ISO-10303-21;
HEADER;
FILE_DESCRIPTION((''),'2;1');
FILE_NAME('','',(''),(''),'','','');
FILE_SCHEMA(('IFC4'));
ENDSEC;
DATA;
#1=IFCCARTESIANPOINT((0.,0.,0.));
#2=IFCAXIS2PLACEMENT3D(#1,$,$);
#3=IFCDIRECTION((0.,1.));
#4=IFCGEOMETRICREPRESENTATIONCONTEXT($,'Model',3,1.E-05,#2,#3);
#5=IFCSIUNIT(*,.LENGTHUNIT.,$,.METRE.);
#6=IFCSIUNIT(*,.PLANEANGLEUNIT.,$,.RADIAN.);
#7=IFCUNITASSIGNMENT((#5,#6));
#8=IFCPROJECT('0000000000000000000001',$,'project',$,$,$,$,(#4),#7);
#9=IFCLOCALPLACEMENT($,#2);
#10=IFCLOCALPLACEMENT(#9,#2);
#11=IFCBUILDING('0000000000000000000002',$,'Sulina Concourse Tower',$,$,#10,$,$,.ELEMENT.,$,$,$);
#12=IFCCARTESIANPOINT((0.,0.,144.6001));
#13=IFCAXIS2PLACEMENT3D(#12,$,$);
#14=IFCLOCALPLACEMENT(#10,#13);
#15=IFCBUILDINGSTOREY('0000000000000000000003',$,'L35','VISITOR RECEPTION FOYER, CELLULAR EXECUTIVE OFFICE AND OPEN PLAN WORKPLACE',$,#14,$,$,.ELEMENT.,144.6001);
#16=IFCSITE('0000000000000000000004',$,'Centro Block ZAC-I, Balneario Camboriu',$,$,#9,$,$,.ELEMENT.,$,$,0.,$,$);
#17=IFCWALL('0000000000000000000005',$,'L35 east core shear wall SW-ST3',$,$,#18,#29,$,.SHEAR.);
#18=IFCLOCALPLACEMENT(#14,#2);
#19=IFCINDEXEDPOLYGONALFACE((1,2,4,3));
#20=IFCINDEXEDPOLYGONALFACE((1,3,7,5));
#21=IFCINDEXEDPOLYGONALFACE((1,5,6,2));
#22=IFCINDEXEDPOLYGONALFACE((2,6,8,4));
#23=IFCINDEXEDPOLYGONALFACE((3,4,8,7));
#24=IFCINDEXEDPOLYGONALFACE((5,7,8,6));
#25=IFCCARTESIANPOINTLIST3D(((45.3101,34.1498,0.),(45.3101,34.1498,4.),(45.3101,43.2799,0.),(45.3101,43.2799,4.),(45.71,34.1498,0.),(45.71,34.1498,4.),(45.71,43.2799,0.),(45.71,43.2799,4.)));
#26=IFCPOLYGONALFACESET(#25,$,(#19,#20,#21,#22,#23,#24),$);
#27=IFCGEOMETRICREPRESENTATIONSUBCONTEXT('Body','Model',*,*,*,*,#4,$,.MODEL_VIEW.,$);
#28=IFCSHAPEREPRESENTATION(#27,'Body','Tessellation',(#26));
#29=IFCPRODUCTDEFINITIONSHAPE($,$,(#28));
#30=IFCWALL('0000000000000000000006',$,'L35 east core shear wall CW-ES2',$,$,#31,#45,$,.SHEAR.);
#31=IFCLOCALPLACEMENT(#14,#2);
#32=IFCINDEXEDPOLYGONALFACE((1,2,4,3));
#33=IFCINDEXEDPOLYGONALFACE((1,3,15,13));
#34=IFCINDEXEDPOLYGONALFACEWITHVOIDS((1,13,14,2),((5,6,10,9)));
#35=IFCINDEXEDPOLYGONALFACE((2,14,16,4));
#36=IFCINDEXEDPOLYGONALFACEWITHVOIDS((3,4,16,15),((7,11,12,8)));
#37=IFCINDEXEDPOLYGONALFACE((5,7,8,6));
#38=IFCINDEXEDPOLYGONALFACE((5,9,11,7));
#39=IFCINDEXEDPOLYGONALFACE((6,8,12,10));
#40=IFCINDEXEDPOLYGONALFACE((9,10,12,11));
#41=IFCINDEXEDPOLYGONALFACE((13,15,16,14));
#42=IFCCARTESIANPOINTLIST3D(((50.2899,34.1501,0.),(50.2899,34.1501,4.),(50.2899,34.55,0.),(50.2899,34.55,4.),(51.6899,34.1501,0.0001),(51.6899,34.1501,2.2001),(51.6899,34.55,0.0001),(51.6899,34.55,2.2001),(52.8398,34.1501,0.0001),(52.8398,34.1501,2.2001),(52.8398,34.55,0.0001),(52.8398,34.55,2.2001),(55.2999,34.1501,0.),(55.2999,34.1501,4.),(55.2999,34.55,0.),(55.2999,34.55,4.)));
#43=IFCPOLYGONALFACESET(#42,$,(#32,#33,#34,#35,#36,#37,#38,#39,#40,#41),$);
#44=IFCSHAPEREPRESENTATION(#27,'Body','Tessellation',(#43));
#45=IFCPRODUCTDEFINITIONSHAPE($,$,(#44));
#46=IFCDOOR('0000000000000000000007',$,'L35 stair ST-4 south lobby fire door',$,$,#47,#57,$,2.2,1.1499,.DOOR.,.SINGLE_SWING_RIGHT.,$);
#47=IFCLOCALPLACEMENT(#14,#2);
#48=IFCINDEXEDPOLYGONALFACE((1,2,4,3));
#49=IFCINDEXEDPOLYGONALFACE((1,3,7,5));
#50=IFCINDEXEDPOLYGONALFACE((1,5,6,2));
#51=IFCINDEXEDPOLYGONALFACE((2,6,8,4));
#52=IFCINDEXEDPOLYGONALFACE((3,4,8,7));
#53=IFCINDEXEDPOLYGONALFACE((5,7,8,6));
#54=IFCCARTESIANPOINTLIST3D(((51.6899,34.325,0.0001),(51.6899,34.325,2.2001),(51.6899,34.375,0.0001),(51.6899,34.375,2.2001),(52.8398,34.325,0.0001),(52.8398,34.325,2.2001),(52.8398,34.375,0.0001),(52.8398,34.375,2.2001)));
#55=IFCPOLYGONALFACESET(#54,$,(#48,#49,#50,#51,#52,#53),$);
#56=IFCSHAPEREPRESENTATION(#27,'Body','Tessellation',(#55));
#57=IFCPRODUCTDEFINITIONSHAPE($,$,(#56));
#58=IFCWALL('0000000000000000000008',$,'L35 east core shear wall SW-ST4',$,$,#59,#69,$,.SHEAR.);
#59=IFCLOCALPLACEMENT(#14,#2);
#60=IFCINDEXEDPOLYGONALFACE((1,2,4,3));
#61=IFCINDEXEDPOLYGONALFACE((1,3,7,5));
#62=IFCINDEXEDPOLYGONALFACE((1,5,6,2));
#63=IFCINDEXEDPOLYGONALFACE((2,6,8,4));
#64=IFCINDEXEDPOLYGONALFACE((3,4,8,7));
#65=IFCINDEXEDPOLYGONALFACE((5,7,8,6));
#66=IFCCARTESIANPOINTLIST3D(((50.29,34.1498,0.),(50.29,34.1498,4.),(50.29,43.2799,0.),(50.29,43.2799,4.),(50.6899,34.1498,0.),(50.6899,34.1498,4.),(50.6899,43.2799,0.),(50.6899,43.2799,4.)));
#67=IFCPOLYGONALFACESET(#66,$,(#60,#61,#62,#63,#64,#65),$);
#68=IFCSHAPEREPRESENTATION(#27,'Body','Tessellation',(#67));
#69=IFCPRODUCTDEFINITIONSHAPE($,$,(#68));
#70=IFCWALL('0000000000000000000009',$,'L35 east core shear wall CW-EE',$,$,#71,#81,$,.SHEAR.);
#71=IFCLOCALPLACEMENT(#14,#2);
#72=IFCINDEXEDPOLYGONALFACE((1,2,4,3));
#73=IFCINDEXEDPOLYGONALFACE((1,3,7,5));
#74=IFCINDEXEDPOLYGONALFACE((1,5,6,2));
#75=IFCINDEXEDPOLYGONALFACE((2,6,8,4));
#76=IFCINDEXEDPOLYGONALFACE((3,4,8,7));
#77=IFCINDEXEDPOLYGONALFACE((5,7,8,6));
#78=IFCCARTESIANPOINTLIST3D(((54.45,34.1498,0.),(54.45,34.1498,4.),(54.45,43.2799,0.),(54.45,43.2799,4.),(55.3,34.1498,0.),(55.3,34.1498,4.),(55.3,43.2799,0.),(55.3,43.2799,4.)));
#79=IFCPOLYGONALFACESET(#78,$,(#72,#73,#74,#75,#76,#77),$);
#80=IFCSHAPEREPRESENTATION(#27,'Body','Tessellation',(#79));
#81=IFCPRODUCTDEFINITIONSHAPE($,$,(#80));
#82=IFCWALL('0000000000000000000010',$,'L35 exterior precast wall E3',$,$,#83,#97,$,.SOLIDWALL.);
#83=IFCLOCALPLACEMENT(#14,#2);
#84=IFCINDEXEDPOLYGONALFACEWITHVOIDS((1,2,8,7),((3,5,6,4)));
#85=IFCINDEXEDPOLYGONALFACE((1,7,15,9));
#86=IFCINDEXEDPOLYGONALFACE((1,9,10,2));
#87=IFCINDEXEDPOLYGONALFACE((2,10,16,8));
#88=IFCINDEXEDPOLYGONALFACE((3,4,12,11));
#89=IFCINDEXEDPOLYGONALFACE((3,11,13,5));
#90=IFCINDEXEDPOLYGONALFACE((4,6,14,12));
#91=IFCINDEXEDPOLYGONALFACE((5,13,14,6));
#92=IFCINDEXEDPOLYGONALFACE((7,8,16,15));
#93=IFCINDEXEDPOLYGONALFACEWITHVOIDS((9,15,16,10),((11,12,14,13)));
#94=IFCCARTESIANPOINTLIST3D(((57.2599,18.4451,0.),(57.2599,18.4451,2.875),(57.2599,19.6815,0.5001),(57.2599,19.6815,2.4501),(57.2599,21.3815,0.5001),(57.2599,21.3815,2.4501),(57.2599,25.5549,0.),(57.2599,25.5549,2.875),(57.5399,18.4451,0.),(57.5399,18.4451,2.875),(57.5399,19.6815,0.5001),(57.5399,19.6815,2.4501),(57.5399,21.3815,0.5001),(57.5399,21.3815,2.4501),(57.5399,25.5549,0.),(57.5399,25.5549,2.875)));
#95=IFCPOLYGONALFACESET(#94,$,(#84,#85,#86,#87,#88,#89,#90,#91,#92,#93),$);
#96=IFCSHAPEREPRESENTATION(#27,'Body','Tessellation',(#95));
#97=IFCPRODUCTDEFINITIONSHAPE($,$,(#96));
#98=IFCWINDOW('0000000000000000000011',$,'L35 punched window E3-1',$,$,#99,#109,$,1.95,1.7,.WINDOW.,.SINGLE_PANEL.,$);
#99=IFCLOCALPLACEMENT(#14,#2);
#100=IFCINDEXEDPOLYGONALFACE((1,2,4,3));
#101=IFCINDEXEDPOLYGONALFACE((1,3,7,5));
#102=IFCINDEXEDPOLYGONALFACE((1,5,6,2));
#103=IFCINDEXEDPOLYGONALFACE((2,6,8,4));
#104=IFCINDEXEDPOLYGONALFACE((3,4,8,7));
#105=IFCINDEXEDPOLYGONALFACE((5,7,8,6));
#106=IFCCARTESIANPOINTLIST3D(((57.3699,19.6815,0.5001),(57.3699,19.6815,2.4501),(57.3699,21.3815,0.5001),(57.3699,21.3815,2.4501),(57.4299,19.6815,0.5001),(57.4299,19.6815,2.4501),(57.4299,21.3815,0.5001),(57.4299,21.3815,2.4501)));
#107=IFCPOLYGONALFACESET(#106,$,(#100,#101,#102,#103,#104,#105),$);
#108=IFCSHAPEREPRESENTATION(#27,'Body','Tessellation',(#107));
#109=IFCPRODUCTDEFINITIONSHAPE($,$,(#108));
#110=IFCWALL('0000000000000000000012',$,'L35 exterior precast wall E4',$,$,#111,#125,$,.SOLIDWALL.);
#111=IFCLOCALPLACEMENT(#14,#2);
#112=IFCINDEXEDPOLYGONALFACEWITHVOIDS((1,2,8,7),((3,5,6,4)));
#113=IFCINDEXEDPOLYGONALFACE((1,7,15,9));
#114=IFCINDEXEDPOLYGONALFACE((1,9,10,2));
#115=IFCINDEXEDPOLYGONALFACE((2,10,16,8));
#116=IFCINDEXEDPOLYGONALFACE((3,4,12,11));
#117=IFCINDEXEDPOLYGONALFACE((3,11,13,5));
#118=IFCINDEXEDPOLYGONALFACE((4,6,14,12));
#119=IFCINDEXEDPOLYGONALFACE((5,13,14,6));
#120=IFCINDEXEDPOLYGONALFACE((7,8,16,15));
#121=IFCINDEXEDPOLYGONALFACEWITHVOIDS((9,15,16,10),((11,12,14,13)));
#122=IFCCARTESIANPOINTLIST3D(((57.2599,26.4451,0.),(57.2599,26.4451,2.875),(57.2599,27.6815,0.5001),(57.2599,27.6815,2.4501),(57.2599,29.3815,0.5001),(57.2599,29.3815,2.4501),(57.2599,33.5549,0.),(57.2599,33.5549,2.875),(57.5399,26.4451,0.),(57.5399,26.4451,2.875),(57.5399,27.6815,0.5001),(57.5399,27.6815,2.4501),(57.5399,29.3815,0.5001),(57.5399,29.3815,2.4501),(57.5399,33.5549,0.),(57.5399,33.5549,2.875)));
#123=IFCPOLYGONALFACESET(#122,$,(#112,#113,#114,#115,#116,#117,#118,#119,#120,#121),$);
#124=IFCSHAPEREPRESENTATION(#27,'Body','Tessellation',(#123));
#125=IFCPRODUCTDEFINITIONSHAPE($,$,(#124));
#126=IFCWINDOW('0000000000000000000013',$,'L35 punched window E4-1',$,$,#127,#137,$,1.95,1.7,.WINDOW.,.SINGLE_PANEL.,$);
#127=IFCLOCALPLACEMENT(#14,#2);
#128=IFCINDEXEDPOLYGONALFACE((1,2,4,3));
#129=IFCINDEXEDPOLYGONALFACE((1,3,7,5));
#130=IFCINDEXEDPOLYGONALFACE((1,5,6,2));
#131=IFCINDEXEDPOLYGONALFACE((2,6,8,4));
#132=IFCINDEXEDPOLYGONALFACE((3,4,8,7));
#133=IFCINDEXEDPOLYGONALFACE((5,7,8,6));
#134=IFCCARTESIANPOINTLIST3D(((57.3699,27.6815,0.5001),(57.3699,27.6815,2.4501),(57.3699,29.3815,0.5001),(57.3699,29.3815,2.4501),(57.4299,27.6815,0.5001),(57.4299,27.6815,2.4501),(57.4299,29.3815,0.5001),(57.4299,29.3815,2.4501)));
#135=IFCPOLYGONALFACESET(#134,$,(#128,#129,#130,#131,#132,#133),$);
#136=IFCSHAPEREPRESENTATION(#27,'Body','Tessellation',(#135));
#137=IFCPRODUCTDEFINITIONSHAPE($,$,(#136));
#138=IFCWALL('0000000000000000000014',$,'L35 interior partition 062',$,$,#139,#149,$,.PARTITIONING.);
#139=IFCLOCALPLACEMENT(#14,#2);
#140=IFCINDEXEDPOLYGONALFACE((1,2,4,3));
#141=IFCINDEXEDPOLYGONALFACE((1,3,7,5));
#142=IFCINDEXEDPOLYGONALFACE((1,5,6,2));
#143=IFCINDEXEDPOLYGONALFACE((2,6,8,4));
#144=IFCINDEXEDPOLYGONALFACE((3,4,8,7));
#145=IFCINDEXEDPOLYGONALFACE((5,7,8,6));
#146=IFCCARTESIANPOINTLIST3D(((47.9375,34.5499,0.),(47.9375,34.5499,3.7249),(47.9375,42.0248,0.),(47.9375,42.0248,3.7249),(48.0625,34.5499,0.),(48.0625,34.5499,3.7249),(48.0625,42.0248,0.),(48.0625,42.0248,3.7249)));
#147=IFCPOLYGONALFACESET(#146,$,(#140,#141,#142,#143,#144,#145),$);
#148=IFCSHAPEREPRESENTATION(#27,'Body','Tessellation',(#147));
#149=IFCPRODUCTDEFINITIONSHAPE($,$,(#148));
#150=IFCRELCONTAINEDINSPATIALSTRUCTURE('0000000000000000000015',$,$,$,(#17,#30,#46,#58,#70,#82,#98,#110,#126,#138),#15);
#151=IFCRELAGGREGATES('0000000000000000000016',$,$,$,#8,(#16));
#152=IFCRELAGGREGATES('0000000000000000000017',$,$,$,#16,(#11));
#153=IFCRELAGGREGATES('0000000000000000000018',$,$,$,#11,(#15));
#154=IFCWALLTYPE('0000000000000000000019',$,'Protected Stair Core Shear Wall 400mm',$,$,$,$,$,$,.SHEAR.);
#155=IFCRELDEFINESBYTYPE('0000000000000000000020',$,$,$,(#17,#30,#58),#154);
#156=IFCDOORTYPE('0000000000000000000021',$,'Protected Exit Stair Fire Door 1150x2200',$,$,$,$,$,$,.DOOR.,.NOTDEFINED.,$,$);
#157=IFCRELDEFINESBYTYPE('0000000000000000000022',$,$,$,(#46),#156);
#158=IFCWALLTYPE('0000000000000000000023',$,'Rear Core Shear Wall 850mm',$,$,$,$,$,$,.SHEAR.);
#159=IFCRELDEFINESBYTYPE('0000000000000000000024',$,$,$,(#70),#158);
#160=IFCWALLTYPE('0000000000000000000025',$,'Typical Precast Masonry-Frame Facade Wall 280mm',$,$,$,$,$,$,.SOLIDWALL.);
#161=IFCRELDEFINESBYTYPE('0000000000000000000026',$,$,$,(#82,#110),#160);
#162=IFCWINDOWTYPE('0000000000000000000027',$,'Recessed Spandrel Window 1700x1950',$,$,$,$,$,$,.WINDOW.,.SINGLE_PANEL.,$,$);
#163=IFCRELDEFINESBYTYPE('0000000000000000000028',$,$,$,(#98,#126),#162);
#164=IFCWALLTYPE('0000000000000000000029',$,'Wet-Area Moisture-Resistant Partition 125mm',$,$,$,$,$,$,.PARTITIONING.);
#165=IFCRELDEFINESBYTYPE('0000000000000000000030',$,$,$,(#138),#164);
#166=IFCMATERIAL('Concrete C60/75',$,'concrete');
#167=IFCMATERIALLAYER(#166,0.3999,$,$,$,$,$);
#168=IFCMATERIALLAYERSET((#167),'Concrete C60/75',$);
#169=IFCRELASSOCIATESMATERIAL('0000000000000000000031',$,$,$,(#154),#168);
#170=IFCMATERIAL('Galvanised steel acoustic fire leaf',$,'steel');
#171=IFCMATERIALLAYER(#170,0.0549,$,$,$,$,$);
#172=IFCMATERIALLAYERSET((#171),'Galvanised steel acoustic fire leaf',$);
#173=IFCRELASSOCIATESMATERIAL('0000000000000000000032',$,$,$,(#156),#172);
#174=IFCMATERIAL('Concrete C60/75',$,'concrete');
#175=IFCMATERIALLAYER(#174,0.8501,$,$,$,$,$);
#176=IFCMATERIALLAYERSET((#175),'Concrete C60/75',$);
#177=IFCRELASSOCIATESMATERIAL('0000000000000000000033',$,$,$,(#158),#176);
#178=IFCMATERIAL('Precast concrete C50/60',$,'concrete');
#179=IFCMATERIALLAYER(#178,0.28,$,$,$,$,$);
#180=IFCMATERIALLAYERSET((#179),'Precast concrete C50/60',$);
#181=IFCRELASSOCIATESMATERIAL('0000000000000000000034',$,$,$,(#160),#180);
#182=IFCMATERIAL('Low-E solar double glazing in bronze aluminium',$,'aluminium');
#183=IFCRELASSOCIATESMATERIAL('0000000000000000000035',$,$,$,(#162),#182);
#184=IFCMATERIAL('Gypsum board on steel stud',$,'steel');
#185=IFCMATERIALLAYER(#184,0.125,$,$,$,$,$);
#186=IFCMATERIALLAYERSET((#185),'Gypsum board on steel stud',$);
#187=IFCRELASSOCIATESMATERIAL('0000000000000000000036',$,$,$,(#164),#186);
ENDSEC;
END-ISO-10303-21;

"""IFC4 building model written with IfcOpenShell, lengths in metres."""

from ifc_helpers import new_model, si_unit, direction, frame, frame_2d, origin, place, context, subcontext, project, spatial, rectangle, extrude, material, layer, layer_set, type_object, element, fill, save


model = new_model("IFC4")

# Units and contexts
model_context = context("Model", 3, precision=1e-05, world=origin(), true_north=direction((0.0, 1.0)))
body_context = subcontext(model_context, "Body", "Model", "MODEL_VIEW")
ifc_project = project(units=[si_unit("LENGTHUNIT", "METRE"), si_unit("PLANEANGLEUNIT", "RADIAN")], contexts=[model_context])

# Site, building, storey
site_placement = place(None, origin())
site = spatial("IfcSite", under=ifc_project, at=site_placement, Name="Centro Block ZAC-I, Balneario Camboriu", CompositionType="ELEMENT", RefElevation=0.0)
building_placement = place(site_placement, origin())
building = spatial("IfcBuilding", under=site, at=building_placement, Name="Sulina Concourse Tower", CompositionType="ELEMENT")
storey_placement = place(building_placement, frame((0.0, 0.0, 144.6001)))
storey = spatial("IfcBuildingStorey", under=building, at=storey_placement, Name="L35", Description="VISITOR RECEPTION FOYER, CELLULAR EXECUTIVE OFFICE AND OPEN PLAN WORKPLACE", CompositionType="ELEMENT", Elevation=144.6001)

# Wall
ifc_material_1 = material(Name="Concrete C60/75", Category="concrete")
ifc_layer_1 = layer(ifc_material_1, 0.3999)
ifc_layer_set_1 = layer_set([ifc_layer_1], Name="Concrete C60/75")
wall_type_1 = type_object("IfcWallType", Name="Protected Stair Core Shear Wall 400mm", PredefinedType="SHEAR", material=ifc_layer_set_1)
wall_1_placement = place(storey_placement, frame((45.51, 34.1499, 0.0), z_axis=(0.0, 0.0, 1.0), x_axis=(0.0, 1.0, 0.0)))
element("IfcWall", 1, at=wall_1_placement, inside=storey, type_object=wall_type_1, Name="L35 east core shear wall SW-ST3", PredefinedType="SHEAR", context=body_context, shape_type="SweptSolid", body=[
    extrude(rectangle(XDim=9.1301, YDim=0.3999, at=frame_2d((4.5649, 0.0))), origin(), (0.0, 0.0, 1.0), 4.0),
])

# Wall, opening, door
wall_2_placement = place(storey_placement, frame((50.29, 34.3501, 0.0), z_axis=(0.0, 0.0, 1.0), x_axis=(1.0, 0.0, 0.0)))
wall_2 = element("IfcWall", 2, at=wall_2_placement, inside=storey, type_object=wall_type_1, Name="L35 east core shear wall CW-ES2", PredefinedType="SHEAR", context=body_context, shape_type="SweptSolid", body=[
    extrude(rectangle(XDim=5.01, YDim=0.3999, at=frame_2d((2.5049, 0.0))), origin(), (0.0, 0.0, 1.0), 4.0),
])
opening_1_placement = place(wall_2_placement, frame((1.3999, 0.0, 0.0)))
opening_1 = element("IfcOpeningElement", 3, at=opening_1_placement, cuts=wall_2, PredefinedType="OPENING", context=body_context, shape_type="SweptSolid", body=[
    extrude(rectangle(XDim=1.1499, YDim=2.2, at=frame_2d((0.575, 1.1001))), frame((0.0, 0.21, 0.0), z_axis=(0.0, -1.0, 0.0), x_axis=(1.0, 0.0, 0.0)), (0.0, 0.0, 1.0), 0.4199),
])
ifc_material_2 = material(Name="Galvanised steel acoustic fire leaf", Category="steel")
ifc_layer_2 = layer(ifc_material_2, 0.0549)
ifc_layer_set_2 = layer_set([ifc_layer_2], Name="Galvanised steel acoustic fire leaf")
door_type_1 = type_object("IfcDoorType", Name="Protected Exit Stair Fire Door 1150x2200", OperationType="NOTDEFINED", PredefinedType="DOOR", material=ifc_layer_set_2)
door_1_placement = place(opening_1_placement, origin())
door_1 = element("IfcDoor", 4, at=door_1_placement, inside=storey, type_object=door_type_1, Name="L35 stair ST-4 south lobby fire door", OperationType="SINGLE_SWING_RIGHT", OverallHeight=2.2, OverallWidth=1.1499, PredefinedType="DOOR", context=body_context, shape_type="SweptSolid", body=[
    extrude(rectangle(XDim=1.1499, YDim=2.2, at=frame_2d((0.575, 1.1001))), frame((0.0, 0.0249, 0.0), z_axis=(0.0, -1.0, 0.0), x_axis=(1.0, 0.0, 0.0)), (0.0, 0.0, 1.0), 0.05),
])
fill(opening_1, door_1)

# Walls
wall_3_placement = place(storey_placement, frame((50.49, 34.1499, 0.0), z_axis=(0.0, 0.0, 1.0), x_axis=(0.0, 1.0, 0.0)))
element("IfcWall", 5, at=wall_3_placement, inside=storey, type_object=wall_type_1, Name="L35 east core shear wall SW-ST4", PredefinedType="SHEAR", context=body_context, shape_type="SweptSolid", body=[
    extrude(rectangle(XDim=9.1301, YDim=0.3999, at=frame_2d((4.5649, 0.0))), origin(), (0.0, 0.0, 1.0), 4.0),
])
ifc_material_3 = material(Name="Concrete C60/75", Category="concrete")
ifc_layer_3 = layer(ifc_material_3, 0.8501)
ifc_layer_set_3 = layer_set([ifc_layer_3], Name="Concrete C60/75")
wall_type_2 = type_object("IfcWallType", Name="Rear Core Shear Wall 850mm", PredefinedType="SHEAR", material=ifc_layer_set_3)
wall_4_placement = place(storey_placement, frame((54.875, 34.1499, 0.0), z_axis=(0.0, 0.0, 1.0), x_axis=(0.0, 1.0, 0.0)))
element("IfcWall", 6, at=wall_4_placement, inside=storey, type_object=wall_type_2, Name="L35 east core shear wall CW-EE", PredefinedType="SHEAR", context=body_context, shape_type="SweptSolid", body=[
    extrude(rectangle(XDim=9.1301, YDim=0.8501, at=frame_2d((4.5649, 0.0))), origin(), (0.0, 0.0, 1.0), 4.0),
])

# Walls, openings, windows
ifc_material_4 = material(Name="Precast concrete C50/60", Category="concrete")
ifc_layer_4 = layer(ifc_material_4, 0.28)
ifc_layer_set_4 = layer_set([ifc_layer_4], Name="Precast concrete C50/60")
wall_type_3 = type_object("IfcWallType", Name="Typical Precast Masonry-Frame Facade Wall 280mm", PredefinedType="SOLIDWALL", material=ifc_layer_set_4)
wall_5_placement = place(storey_placement, frame((57.3999, 25.5549, 0.0), z_axis=(0.0, 0.0, 1.0), x_axis=(0.0, -1.0, 0.0)))
wall_5 = element("IfcWall", 7, at=wall_5_placement, inside=storey, type_object=wall_type_3, Name="L35 exterior precast wall E3", PredefinedType="SOLIDWALL", context=body_context, shape_type="SweptSolid", body=[
    extrude(rectangle(XDim=7.1099, YDim=0.28, at=frame_2d((3.5549, 0.0))), origin(), (0.0, 0.0, 1.0), 2.875),
])
opening_2_placement = place(wall_5_placement, frame((4.1733, 0.0, 0.5)))
opening_2 = element("IfcOpeningElement", 8, at=opening_2_placement, cuts=wall_5, PredefinedType="OPENING", context=body_context, shape_type="SweptSolid", body=[
    extrude(rectangle(XDim=1.7, YDim=1.95, at=frame_2d((0.8501, 0.9751))), frame((0.0, 0.1499, 0.0), z_axis=(0.0, -1.0, 0.0), x_axis=(1.0, 0.0, 0.0)), (0.0, 0.0, 1.0), 0.3),
])
ifc_material_5 = material(Name="Low-E solar double glazing in bronze aluminium", Category="aluminium")
window_type = type_object("IfcWindowType", Name="Recessed Spandrel Window 1700x1950", PartitioningType="SINGLE_PANEL", PredefinedType="WINDOW", material=ifc_material_5)
window_1_placement = place(opening_2_placement, origin())
window_1 = element("IfcWindow", 9, at=window_1_placement, inside=storey, type_object=window_type, Name="L35 punched window E3-1", OverallHeight=1.95, OverallWidth=1.7, PartitioningType="SINGLE_PANEL", PredefinedType="WINDOW", context=body_context, shape_type="SweptSolid", body=[
    extrude(rectangle(XDim=1.7, YDim=1.95, at=frame_2d((0.8501, 0.9751))), frame((0.0, 0.03, 0.0), z_axis=(0.0, -1.0, 0.0), x_axis=(1.0, 0.0, 0.0)), (0.0, 0.0, 1.0), 0.0601),
])
fill(opening_2, window_1)
wall_6_placement = place(storey_placement, frame((57.3999, 33.5549, 0.0), z_axis=(0.0, 0.0, 1.0), x_axis=(0.0, -1.0, 0.0)))
wall_6 = element("IfcWall", 10, at=wall_6_placement, inside=storey, type_object=wall_type_3, Name="L35 exterior precast wall E4", PredefinedType="SOLIDWALL", context=body_context, shape_type="SweptSolid", body=[
    extrude(rectangle(XDim=7.1099, YDim=0.28, at=frame_2d((3.5549, 0.0))), origin(), (0.0, 0.0, 1.0), 2.875),
])
opening_3_placement = place(wall_6_placement, frame((4.1733, 0.0, 0.5)))
opening_3 = element("IfcOpeningElement", 11, at=opening_3_placement, cuts=wall_6, PredefinedType="OPENING", context=body_context, shape_type="SweptSolid", body=[
    extrude(rectangle(XDim=1.7, YDim=1.95, at=frame_2d((0.8501, 0.9751))), frame((0.0, 0.1499, 0.0), z_axis=(0.0, -1.0, 0.0), x_axis=(1.0, 0.0, 0.0)), (0.0, 0.0, 1.0), 0.3),
])
window_2_placement = place(opening_3_placement, origin())
window_2 = element("IfcWindow", 12, at=window_2_placement, inside=storey, type_object=window_type, Name="L35 punched window E4-1", OverallHeight=1.95, OverallWidth=1.7, PartitioningType="SINGLE_PANEL", PredefinedType="WINDOW", context=body_context, shape_type="SweptSolid", body=[
    extrude(rectangle(XDim=1.7, YDim=1.95, at=frame_2d((0.8501, 0.9751))), frame((0.0, 0.03, 0.0), z_axis=(0.0, -1.0, 0.0), x_axis=(1.0, 0.0, 0.0)), (0.0, 0.0, 1.0), 0.0601),
])
fill(opening_3, window_2)

# Wall
ifc_material_6 = material(Name="Gypsum board on steel stud", Category="steel")
ifc_layer_5 = layer(ifc_material_6, 0.125)
ifc_layer_set_5 = layer_set([ifc_layer_5], Name="Gypsum board on steel stud")
wall_type_4 = type_object("IfcWallType", Name="Wet-Area Moisture-Resistant Partition 125mm", PredefinedType="PARTITIONING", material=ifc_layer_set_5)
wall_7_placement = place(storey_placement, frame((48.0, 34.55, 0.0), z_axis=(0.0, 0.0, 1.0), x_axis=(0.0, 1.0, 0.0)))
element("IfcWall", 13, at=wall_7_placement, inside=storey, type_object=wall_type_4, Name="L35 interior partition 062", PredefinedType="PARTITIONING", context=body_context, shape_type="SweptSolid", body=[
    extrude(rectangle(XDim=7.4749, YDim=0.125, at=frame_2d((3.7373, 0.0))), origin(), (0.0, 0.0, 1.0), 3.7249),
])

save(model, "model.ifc")
